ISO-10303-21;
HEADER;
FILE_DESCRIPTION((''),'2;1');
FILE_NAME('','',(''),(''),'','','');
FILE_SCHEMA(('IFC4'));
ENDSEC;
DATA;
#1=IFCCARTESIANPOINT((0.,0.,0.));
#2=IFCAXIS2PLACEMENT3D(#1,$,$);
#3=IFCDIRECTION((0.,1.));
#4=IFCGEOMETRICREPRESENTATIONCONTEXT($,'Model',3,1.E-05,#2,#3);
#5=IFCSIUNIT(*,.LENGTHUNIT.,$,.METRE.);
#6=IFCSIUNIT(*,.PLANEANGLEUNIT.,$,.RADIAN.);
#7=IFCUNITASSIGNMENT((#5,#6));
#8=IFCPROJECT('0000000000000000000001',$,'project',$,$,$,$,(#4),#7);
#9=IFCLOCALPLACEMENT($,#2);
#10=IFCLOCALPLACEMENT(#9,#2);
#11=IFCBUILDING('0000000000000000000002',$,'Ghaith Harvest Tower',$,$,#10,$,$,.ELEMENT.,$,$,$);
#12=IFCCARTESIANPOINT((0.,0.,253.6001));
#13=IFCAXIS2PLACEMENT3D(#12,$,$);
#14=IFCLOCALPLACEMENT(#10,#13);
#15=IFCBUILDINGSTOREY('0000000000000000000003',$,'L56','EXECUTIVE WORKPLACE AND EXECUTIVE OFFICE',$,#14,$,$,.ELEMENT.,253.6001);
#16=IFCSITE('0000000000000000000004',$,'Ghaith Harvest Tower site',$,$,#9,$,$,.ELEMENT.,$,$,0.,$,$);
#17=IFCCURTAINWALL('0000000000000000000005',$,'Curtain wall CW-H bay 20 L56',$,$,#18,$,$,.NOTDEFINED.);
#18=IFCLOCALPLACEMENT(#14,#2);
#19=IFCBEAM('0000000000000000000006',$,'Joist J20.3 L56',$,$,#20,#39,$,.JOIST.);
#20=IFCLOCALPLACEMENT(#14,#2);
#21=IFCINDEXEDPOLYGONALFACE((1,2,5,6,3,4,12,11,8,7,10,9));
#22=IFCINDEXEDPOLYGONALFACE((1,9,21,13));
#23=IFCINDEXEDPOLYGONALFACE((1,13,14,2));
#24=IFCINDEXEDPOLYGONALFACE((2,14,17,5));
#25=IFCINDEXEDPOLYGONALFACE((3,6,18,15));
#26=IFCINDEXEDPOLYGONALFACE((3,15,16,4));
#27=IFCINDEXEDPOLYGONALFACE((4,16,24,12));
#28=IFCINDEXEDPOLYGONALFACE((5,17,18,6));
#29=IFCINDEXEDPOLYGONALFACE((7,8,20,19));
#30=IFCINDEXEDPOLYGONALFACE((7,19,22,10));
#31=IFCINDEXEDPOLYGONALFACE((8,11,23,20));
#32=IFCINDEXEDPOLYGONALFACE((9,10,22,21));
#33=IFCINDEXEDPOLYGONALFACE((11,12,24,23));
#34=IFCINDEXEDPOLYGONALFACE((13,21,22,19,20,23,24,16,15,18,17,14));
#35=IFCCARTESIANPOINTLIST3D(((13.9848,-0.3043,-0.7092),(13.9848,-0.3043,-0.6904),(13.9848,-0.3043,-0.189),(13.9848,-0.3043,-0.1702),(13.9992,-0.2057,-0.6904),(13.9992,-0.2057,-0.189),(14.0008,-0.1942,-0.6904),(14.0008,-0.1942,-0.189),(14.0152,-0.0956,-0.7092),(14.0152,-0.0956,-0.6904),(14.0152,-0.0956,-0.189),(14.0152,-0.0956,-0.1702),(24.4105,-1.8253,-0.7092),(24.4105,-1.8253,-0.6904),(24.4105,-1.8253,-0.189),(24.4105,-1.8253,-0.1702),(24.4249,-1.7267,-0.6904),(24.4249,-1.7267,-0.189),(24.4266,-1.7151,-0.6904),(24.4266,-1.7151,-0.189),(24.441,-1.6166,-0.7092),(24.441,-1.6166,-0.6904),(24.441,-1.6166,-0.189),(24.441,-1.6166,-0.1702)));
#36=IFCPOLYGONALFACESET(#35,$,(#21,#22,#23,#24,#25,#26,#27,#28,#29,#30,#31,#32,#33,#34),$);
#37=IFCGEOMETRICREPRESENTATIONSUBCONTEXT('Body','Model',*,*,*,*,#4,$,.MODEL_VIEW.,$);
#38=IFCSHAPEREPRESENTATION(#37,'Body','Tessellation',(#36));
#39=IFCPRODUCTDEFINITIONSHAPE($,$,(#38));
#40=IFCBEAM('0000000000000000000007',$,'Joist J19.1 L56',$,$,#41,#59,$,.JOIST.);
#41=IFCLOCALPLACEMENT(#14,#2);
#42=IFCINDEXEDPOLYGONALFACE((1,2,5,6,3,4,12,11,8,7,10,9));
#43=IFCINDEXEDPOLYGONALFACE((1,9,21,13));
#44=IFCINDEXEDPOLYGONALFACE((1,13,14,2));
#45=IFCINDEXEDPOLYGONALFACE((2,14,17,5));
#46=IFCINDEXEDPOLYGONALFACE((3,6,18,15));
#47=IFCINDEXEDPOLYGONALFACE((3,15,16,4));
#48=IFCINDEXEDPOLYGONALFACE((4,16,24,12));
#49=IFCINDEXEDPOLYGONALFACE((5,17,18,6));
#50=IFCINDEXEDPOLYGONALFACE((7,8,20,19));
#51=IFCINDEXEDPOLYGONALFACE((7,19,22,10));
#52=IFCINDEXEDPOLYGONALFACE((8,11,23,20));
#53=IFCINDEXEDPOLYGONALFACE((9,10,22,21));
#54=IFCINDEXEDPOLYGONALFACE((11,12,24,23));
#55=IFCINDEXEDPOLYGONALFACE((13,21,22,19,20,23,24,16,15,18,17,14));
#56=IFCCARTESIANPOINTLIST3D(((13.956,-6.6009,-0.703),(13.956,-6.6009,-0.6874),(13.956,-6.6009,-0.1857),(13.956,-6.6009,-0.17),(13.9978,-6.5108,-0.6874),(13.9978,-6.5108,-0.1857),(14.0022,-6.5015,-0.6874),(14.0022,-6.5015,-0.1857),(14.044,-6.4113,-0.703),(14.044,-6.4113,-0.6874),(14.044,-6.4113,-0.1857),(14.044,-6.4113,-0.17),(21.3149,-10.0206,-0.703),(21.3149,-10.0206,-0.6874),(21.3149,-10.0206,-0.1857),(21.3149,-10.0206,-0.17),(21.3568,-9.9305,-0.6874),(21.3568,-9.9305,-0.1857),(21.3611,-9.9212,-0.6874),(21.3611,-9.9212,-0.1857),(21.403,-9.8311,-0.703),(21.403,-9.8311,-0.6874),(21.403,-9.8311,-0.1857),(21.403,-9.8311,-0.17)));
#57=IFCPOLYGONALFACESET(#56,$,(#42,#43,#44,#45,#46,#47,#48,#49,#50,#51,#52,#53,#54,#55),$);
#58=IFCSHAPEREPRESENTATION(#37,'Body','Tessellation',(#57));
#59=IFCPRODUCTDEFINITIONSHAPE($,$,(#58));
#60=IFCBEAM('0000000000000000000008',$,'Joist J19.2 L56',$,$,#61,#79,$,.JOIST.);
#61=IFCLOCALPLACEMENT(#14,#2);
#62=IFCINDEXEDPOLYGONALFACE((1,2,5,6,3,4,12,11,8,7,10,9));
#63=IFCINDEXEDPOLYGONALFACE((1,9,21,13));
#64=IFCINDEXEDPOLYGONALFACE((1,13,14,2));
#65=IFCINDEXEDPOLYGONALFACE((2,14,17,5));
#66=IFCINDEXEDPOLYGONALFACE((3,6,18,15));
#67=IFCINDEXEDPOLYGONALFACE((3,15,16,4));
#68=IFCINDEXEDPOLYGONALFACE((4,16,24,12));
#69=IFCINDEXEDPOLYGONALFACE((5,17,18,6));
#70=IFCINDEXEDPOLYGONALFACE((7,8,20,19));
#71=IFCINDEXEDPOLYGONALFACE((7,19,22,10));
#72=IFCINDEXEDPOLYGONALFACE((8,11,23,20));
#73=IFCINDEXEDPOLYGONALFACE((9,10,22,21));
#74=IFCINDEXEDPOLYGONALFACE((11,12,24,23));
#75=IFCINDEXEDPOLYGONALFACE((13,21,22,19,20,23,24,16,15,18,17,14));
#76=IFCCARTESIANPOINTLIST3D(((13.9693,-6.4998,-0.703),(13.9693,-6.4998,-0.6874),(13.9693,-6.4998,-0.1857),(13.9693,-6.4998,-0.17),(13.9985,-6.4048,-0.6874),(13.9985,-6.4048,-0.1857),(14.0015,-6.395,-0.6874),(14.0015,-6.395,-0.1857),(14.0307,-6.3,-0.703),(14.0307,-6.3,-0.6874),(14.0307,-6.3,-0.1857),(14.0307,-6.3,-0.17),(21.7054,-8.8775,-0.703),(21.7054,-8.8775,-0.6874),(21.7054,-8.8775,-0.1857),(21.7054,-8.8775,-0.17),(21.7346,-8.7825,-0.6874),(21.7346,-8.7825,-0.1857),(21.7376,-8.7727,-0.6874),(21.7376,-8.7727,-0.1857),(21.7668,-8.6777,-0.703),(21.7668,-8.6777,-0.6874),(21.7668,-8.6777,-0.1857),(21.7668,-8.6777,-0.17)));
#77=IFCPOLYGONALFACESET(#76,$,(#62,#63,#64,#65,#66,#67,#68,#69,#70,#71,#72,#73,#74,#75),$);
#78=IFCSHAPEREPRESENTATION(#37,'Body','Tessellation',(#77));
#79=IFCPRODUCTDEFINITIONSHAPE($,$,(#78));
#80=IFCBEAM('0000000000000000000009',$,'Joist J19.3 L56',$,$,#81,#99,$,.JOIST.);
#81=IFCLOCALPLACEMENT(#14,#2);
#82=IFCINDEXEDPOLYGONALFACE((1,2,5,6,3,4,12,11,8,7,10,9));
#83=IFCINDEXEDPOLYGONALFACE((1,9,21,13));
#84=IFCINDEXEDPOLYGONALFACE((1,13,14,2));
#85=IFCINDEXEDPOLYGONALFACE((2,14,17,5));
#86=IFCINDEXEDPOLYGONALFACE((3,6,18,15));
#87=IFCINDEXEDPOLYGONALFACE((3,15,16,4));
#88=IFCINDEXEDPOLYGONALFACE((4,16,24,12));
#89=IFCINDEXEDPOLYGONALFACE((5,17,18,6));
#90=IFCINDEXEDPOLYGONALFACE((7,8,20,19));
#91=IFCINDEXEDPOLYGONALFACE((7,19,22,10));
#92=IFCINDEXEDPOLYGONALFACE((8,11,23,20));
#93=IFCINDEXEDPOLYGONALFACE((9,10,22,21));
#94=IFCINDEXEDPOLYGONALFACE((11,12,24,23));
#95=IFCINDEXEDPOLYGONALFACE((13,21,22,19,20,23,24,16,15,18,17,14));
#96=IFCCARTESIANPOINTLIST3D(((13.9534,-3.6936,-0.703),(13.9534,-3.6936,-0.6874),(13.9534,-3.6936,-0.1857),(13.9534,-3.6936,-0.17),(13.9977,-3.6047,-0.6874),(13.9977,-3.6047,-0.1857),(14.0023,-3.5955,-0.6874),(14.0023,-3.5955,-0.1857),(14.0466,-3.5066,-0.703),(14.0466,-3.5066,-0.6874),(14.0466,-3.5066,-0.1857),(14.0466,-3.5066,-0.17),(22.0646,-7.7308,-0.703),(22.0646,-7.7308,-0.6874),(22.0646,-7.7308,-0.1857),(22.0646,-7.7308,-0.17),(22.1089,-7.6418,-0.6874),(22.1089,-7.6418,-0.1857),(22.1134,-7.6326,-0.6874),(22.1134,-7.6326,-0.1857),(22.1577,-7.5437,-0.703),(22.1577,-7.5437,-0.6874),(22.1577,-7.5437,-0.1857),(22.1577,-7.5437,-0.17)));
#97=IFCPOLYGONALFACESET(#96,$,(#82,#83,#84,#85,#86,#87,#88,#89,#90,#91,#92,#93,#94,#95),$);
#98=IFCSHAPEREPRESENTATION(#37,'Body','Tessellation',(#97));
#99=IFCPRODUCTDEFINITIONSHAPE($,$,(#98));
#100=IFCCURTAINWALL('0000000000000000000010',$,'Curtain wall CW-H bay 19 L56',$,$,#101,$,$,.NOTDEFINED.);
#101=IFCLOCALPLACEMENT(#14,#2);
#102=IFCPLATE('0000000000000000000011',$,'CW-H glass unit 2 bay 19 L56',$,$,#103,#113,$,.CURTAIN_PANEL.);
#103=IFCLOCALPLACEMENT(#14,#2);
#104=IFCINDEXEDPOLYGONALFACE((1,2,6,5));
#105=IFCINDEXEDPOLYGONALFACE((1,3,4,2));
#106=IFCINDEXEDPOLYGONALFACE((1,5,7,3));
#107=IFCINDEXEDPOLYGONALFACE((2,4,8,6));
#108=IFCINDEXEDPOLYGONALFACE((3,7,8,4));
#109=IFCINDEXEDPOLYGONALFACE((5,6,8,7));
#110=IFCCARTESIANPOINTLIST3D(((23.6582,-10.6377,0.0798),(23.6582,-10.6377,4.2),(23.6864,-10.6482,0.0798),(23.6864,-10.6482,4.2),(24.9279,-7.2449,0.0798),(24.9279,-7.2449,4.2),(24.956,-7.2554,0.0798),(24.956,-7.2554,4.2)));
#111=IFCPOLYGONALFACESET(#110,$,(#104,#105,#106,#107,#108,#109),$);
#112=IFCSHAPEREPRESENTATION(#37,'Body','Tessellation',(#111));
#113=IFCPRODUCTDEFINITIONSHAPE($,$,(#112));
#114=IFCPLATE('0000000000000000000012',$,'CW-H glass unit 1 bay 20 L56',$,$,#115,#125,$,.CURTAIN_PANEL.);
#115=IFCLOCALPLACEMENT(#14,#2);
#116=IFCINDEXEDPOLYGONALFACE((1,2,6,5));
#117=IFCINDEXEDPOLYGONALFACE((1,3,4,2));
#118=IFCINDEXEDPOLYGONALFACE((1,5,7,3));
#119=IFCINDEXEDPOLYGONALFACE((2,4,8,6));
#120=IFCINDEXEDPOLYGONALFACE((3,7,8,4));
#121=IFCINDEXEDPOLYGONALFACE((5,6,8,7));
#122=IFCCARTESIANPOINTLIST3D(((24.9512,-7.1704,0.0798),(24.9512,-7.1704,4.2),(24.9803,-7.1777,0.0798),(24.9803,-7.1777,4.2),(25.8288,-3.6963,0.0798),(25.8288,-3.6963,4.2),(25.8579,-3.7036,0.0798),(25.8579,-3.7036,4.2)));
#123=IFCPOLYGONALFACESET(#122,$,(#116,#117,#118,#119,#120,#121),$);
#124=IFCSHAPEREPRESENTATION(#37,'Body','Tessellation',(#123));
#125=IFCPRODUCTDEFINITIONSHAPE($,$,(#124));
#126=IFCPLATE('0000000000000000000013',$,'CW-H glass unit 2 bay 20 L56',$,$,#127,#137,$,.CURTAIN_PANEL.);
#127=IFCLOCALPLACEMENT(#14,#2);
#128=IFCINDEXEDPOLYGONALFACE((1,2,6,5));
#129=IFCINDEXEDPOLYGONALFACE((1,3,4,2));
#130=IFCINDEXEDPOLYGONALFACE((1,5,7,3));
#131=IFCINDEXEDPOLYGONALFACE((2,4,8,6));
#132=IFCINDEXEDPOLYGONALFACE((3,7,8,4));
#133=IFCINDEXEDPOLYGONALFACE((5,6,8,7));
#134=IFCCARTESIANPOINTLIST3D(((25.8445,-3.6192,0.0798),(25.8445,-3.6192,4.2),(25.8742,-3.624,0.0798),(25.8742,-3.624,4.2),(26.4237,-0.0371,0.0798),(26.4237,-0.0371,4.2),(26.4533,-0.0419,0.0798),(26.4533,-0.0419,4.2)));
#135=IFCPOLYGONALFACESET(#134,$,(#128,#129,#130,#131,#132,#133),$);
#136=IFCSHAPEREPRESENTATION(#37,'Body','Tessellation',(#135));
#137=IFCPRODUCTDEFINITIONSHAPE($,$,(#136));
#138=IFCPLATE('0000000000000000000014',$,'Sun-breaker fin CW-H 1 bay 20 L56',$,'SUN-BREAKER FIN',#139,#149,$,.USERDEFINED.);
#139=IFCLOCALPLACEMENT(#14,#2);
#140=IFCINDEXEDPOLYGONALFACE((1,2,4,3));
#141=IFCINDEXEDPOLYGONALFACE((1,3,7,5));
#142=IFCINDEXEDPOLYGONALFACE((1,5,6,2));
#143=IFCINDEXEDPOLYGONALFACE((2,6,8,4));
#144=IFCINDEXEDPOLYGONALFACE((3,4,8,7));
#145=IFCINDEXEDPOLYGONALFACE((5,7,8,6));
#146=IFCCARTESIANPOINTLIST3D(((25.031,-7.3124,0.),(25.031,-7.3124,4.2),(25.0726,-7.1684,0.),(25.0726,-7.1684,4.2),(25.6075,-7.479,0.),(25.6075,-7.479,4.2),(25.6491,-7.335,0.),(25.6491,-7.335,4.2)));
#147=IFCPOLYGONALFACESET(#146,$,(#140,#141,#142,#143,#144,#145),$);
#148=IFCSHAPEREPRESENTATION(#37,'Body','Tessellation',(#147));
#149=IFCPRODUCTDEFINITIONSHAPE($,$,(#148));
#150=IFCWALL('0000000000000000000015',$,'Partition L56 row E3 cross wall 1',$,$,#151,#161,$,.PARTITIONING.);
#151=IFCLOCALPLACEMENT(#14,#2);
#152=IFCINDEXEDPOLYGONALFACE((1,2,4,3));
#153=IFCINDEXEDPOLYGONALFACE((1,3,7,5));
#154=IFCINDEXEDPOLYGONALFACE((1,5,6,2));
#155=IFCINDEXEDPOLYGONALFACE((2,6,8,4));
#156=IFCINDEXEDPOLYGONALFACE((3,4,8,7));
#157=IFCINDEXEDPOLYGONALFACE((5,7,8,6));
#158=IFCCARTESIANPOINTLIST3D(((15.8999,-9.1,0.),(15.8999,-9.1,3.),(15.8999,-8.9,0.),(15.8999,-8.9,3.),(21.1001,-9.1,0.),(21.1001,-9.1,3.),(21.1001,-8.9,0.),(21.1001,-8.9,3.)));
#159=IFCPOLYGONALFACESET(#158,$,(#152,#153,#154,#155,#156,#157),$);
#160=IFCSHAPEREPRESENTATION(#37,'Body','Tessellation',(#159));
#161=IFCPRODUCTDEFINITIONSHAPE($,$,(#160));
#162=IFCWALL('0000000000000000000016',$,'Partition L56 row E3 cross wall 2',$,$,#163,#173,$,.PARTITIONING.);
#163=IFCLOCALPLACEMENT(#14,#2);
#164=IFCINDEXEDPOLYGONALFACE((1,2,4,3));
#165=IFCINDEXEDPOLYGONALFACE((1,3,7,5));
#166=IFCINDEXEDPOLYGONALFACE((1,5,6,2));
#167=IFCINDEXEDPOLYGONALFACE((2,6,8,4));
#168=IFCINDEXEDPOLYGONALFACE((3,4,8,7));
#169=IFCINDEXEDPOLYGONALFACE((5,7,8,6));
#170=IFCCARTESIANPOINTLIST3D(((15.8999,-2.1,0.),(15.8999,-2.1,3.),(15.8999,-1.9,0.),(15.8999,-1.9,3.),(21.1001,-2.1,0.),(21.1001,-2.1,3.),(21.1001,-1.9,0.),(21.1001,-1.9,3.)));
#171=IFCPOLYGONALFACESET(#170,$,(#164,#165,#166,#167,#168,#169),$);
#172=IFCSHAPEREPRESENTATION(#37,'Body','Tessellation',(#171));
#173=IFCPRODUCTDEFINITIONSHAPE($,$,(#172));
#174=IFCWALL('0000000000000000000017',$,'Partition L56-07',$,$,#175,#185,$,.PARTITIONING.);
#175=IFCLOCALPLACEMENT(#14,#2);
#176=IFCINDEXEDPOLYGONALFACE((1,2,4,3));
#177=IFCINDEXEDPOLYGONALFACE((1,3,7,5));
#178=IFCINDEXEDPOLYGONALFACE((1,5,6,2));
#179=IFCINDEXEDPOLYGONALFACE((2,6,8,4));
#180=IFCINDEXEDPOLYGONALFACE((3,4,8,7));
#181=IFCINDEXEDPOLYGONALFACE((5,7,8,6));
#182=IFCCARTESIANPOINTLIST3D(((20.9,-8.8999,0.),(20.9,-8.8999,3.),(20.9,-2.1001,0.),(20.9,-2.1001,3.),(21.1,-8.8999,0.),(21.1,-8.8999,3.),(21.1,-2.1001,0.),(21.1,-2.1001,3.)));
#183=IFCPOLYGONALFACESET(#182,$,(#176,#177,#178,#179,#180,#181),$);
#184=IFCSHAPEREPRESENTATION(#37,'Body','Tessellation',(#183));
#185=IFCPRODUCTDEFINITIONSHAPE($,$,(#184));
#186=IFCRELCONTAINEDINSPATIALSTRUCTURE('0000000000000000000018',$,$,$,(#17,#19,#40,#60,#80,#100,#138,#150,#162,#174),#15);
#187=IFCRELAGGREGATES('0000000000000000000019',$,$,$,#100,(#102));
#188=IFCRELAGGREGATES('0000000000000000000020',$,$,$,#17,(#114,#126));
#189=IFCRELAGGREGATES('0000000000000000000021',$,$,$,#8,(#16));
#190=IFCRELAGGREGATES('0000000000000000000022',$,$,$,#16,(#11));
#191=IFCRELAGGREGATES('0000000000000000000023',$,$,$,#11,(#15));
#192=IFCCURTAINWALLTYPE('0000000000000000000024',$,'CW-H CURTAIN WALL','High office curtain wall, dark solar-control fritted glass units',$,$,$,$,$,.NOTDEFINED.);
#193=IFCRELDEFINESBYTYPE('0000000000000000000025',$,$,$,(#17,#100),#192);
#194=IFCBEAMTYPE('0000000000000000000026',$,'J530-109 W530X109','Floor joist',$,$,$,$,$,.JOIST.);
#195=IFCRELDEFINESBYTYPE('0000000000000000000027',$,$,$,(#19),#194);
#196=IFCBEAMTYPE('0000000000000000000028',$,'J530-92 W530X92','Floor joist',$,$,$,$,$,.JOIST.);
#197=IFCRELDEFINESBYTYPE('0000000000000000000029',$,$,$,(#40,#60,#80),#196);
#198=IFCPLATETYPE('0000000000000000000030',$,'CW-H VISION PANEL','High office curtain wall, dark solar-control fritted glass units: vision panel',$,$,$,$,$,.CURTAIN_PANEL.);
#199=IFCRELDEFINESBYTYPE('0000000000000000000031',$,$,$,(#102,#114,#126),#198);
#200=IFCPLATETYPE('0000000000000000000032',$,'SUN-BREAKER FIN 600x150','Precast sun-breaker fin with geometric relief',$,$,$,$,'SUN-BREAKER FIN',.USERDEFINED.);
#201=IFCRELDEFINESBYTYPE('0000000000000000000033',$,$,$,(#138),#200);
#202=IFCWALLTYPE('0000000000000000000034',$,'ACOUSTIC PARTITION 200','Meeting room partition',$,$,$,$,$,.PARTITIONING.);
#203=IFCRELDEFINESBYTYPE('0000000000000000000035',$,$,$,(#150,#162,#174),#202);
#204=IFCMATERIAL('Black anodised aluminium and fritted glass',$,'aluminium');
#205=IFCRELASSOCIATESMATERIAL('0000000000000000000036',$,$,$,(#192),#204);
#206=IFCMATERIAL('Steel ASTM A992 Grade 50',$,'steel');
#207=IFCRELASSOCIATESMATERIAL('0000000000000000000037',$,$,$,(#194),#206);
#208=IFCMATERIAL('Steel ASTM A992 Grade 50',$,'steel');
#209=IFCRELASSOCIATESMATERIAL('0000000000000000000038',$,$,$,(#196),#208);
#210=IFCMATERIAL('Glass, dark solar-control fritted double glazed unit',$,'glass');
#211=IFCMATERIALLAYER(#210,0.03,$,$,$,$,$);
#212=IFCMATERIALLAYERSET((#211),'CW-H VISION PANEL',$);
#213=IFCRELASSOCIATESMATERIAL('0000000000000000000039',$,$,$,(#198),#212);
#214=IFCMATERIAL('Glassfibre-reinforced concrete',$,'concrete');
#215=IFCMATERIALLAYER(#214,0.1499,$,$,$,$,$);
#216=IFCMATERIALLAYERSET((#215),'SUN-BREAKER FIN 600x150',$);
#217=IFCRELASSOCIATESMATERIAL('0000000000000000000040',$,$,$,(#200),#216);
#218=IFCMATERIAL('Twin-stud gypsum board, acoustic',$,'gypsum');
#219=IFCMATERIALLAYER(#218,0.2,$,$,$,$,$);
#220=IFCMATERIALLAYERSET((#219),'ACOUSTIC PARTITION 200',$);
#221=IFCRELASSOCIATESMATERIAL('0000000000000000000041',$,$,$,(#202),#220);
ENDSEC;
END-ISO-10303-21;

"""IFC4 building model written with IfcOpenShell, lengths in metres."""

from ifc_helpers import new_model, si_unit, direction, frame, frame_2d, origin, origin_2d, place, context, subcontext, project, spatial, rectangle, i_section, extrude, material, layer, layer_set, material_profile, profile_set, type_object, element, aggregate, save


model = new_model("IFC4")

# Units and contexts
model_context = context("Model", 3, precision=1e-05, world=origin(), true_north=direction((0.0, 1.0)))
body_context = subcontext(model_context, "Body", "Model", "MODEL_VIEW")
ifc_project = project(units=[si_unit("LENGTHUNIT", "METRE"), si_unit("PLANEANGLEUNIT", "RADIAN")], contexts=[model_context])

# Site, building, storey
site_placement = place(None, origin())
site = spatial("IfcSite", under=ifc_project, at=site_placement, Name="Ghaith Harvest Tower site", CompositionType="ELEMENT", RefElevation=0.0)
building_placement = place(site_placement, origin())
building = spatial("IfcBuilding", under=site, at=building_placement, Name="Ghaith Harvest Tower", CompositionType="ELEMENT")
storey_placement = place(building_placement, frame((0.0, 0.0, 253.6001)))
storey = spatial("IfcBuildingStorey", under=building, at=storey_placement, Name="L56", Description="EXECUTIVE WORKPLACE AND EXECUTIVE OFFICE", CompositionType="ELEMENT", Elevation=253.6001)

# Curtain wall
ifc_material_1 = material(Name="Black anodised aluminium and fritted glass", Category="aluminium")
curtain_wall_type = type_object("IfcCurtainWallType", Name="CW-H CURTAIN WALL", Description="High office curtain wall, dark solar-control fritted glass units", PredefinedType="NOTDEFINED", material=ifc_material_1)
curtain_wall_1_placement = place(storey_placement, origin())
curtain_wall_1 = element("IfcCurtainWall", 1, at=curtain_wall_1_placement, inside=storey, type_object=curtain_wall_type, Name="Curtain wall CW-H bay 20 L56", PredefinedType="NOTDEFINED")

# Beams
ifc_material_2 = material(Name="Steel ASTM A992 Grade 50", Category="steel")
ifc_material_profile_1 = material_profile(ifc_material_2, i_section(OverallWidth=0.2109, OverallDepth=0.5391, WebThickness=0.0117, FlangeThickness=0.0188, at=origin_2d()), Name="W530X109")
ifc_profile_set_1 = profile_set([ifc_material_profile_1], Name="Steel ASTM A992 Grade 50")
beam_type_1 = type_object("IfcBeamType", Name="J530-109 W530X109", Description="Floor joist", PredefinedType="JOIST", material=ifc_profile_set_1)
beam_1_placement = place(storey_placement, frame((14.0, -0.2, -0.4397), z_axis=(0.989525, -0.14436, 0.0), x_axis=(0.14436, 0.989525, 0.0)))
element("IfcBeam", 2, at=beam_1_placement, inside=storey, type_object=beam_type_1, Name="Joist J20.3 L56", PredefinedType="JOIST", context=body_context, shape_type="SweptSolid", body=[
    extrude(i_section(OverallWidth=0.2109, OverallDepth=0.5391, WebThickness=0.0117, FlangeThickness=0.0188, at=origin_2d()), origin(), (0.0, 0.0, 1.0), 10.5361),
])
ifc_material_3 = material(Name="Steel ASTM A992 Grade 50", Category="steel")
ifc_material_profile_2 = material_profile(ifc_material_3, i_section(OverallWidth=0.209, OverallDepth=0.533, WebThickness=0.0103, FlangeThickness=0.0156, at=origin_2d()), Name="W530X92")
ifc_profile_set_2 = profile_set([ifc_material_profile_2], Name="Steel ASTM A992 Grade 50")
beam_type_2 = type_object("IfcBeamType", Name="J530-92 W530X92", Description="Floor joist", PredefinedType="JOIST", material=ifc_profile_set_2)
beam_2_placement = place(storey_placement, frame((14.0, -6.5061, -0.4365), z_axis=(0.906865, -0.421421, 0.0), x_axis=(0.421421, 0.906865, 0.0)))
element("IfcBeam", 3, at=beam_2_placement, inside=storey, type_object=beam_type_2, Name="Joist J19.1 L56", PredefinedType="JOIST", context=body_context, shape_type="SweptSolid", body=[
    extrude(i_section(OverallWidth=0.209, OverallDepth=0.533, WebThickness=0.0103, FlangeThickness=0.0156, at=origin_2d()), origin(), (0.0, 0.0, 1.0), 8.1147),
])
beam_3_placement = place(storey_placement, frame((14.0, -6.3999, -0.4365), z_axis=(0.955871, -0.293787, 0.0), x_axis=(0.293787, 0.955871, 0.0)))
element("IfcBeam", 4, at=beam_3_placement, inside=storey, type_object=beam_type_2, Name="Joist J19.2 L56", PredefinedType="JOIST", context=body_context, shape_type="SweptSolid", body=[
    extrude(i_section(OverallWidth=0.209, OverallDepth=0.533, WebThickness=0.0103, FlangeThickness=0.0156, at=origin_2d()), origin(), (0.0, 0.0, 1.0), 8.0933),
])
beam_4_placement = place(storey_placement, frame((14.0, -3.6001, -0.4365), z_axis=(0.895239, -0.445585, 0.0), x_axis=(0.445585, 0.895239, 0.0)))
element("IfcBeam", 5, at=beam_4_placement, inside=storey, type_object=beam_type_2, Name="Joist J19.3 L56", PredefinedType="JOIST", context=body_context, shape_type="SweptSolid", body=[
    extrude(i_section(OverallWidth=0.209, OverallDepth=0.533, WebThickness=0.0103, FlangeThickness=0.0156, at=origin_2d()), origin(), (0.0, 0.0, 1.0), 9.0603),
])

# Curtain wall, plate
curtain_wall_2_placement = place(storey_placement, origin())
curtain_wall_2 = element("IfcCurtainWall", 6, at=curtain_wall_2_placement, inside=storey, type_object=curtain_wall_type, Name="Curtain wall CW-H bay 19 L56", PredefinedType="NOTDEFINED")
ifc_material_4 = material(Name="Glass, dark solar-control fritted double glazed unit", Category="glass")
ifc_layer_1 = layer(ifc_material_4, 0.03)
ifc_layer_set_1 = layer_set([ifc_layer_1], Name="CW-H VISION PANEL")
plate_type_1 = type_object("IfcPlateType", Name="CW-H VISION PANEL", Description="High office curtain wall, dark solar-control fritted glass units: vision panel", PredefinedType="CURTAIN_PANEL", material=ifc_layer_set_1)
plate_1_placement = place(storey_placement, frame((24.3071, -8.9465, 0.0798), z_axis=(0.0, 0.0, 1.0), x_axis=(0.350481, 0.93657, 0.0)))
plate_1 = element("IfcPlate", 7, at=plate_1_placement, type_object=plate_type_1, Name="CW-H glass unit 2 bay 19 L56", PredefinedType="CURTAIN_PANEL", context=body_context, shape_type="SweptSolid", body=[
    extrude(rectangle(XDim=3.6226, YDim=0.03, at=origin_2d()), origin(), (0.0, 0.0, 1.0), 4.1201),
])
aggregate(curtain_wall_2, [plate_1])

# Plates
plate_2_placement = place(storey_placement, frame((25.4045, -5.437, 0.0798), z_axis=(0.0, 0.0, 1.0), x_axis=(0.244926, 0.969542, 0.0)))
plate_2 = element("IfcPlate", 8, at=plate_2_placement, type_object=plate_type_1, Name="CW-H glass unit 1 bay 20 L56", PredefinedType="CURTAIN_PANEL", context=body_context, shape_type="SweptSolid", body=[
    extrude(rectangle(XDim=3.5833, YDim=0.03, at=origin_2d()), origin(), (0.0, 0.0, 1.0), 4.1201),
])
plate_3_placement = place(storey_placement, frame((26.1489, -1.8306, 0.0798), z_axis=(0.0, 0.0, 1.0), x_axis=(0.159601, 0.987182, 0.0)))
plate_3 = element("IfcPlate", 9, at=plate_3_placement, type_object=plate_type_1, Name="CW-H glass unit 2 bay 20 L56", PredefinedType="CURTAIN_PANEL", context=body_context, shape_type="SweptSolid", body=[
    extrude(rectangle(XDim=3.6287, YDim=0.03, at=origin_2d()), origin(), (0.0, 0.0, 1.0), 4.1201),
])
aggregate(curtain_wall_1, [plate_2, plate_3])
ifc_material_5 = material(Name="Glassfibre-reinforced concrete", Category="concrete")
ifc_layer_2 = layer(ifc_material_5, 0.1499)
ifc_layer_set_2 = layer_set([ifc_layer_2], Name="SUN-BREAKER FIN 600x150")
plate_type_2 = type_object("IfcPlateType", Name="SUN-BREAKER FIN 600x150", Description="Precast sun-breaker fin with geometric relief", ElementType="SUN-BREAKER FIN", PredefinedType="USERDEFINED", material=ifc_layer_set_2)
plate_4_placement = place(storey_placement, frame((25.3401, -7.3237, 0.0), z_axis=(0.0, 0.0, 1.0), x_axis=(0.96068, -0.277657, 0.0)))
element("IfcPlate", 10, at=plate_4_placement, inside=storey, type_object=plate_type_2, Name="Sun-breaker fin CW-H 1 bay 20 L56", ObjectType="SUN-BREAKER FIN", PredefinedType="USERDEFINED", context=body_context, shape_type="SweptSolid", body=[
    extrude(rectangle(XDim=0.6001, YDim=0.1499, at=origin_2d()), origin(), (0.0, 0.0, 1.0), 4.2),
])

# Walls
ifc_material_6 = material(Name="Twin-stud gypsum board, acoustic", Category="gypsum")
ifc_layer_3 = layer(ifc_material_6, 0.2)
ifc_layer_set_3 = layer_set([ifc_layer_3], Name="ACOUSTIC PARTITION 200")
wall_type_1 = type_object("IfcWallType", Name="ACOUSTIC PARTITION 200", Description="Meeting room partition", PredefinedType="PARTITIONING", material=ifc_layer_set_3)
for number, where, z_axis, x_axis, name in (
    (11, (15.8999, -9.0, 0.0), (0.0, 0.0, 1.0), (1.0, 0.0, 0.0), "Partition L56 row E3 cross wall 1"),
    (12, (15.8999, -2.0, 0.0), (0.0, 0.0, 1.0), (1.0, 0.0, 0.0), "Partition L56 row E3 cross wall 2"),
):
    element("IfcWall", number, at=place(storey_placement, frame(where, z_axis=z_axis, x_axis=x_axis)), inside=storey, type_object=wall_type_1, Name=name, PredefinedType="PARTITIONING", context=body_context, shape_type="SweptSolid", body=[
        extrude(rectangle(XDim=5.2002, YDim=0.2, at=frame_2d((2.6001, 0.0))), origin(), (0.0, 0.0, 1.0), 3.0),
    ])

# Wall
wall_1_placement = place(storey_placement, frame((21.0, -8.8999, 0.0), z_axis=(0.0, 0.0, 1.0), x_axis=(0.0, 1.0, 0.0)))
element("IfcWall", 13, at=wall_1_placement, inside=storey, type_object=wall_type_1, Name="Partition L56-07", PredefinedType="PARTITIONING", context=body_context, shape_type="SweptSolid", body=[
    extrude(rectangle(XDim=6.7998, YDim=0.2, at=frame_2d((3.3999, 0.0))), origin(), (0.0, 0.0, 1.0), 3.0),
])

save(model, "model.ifc")
